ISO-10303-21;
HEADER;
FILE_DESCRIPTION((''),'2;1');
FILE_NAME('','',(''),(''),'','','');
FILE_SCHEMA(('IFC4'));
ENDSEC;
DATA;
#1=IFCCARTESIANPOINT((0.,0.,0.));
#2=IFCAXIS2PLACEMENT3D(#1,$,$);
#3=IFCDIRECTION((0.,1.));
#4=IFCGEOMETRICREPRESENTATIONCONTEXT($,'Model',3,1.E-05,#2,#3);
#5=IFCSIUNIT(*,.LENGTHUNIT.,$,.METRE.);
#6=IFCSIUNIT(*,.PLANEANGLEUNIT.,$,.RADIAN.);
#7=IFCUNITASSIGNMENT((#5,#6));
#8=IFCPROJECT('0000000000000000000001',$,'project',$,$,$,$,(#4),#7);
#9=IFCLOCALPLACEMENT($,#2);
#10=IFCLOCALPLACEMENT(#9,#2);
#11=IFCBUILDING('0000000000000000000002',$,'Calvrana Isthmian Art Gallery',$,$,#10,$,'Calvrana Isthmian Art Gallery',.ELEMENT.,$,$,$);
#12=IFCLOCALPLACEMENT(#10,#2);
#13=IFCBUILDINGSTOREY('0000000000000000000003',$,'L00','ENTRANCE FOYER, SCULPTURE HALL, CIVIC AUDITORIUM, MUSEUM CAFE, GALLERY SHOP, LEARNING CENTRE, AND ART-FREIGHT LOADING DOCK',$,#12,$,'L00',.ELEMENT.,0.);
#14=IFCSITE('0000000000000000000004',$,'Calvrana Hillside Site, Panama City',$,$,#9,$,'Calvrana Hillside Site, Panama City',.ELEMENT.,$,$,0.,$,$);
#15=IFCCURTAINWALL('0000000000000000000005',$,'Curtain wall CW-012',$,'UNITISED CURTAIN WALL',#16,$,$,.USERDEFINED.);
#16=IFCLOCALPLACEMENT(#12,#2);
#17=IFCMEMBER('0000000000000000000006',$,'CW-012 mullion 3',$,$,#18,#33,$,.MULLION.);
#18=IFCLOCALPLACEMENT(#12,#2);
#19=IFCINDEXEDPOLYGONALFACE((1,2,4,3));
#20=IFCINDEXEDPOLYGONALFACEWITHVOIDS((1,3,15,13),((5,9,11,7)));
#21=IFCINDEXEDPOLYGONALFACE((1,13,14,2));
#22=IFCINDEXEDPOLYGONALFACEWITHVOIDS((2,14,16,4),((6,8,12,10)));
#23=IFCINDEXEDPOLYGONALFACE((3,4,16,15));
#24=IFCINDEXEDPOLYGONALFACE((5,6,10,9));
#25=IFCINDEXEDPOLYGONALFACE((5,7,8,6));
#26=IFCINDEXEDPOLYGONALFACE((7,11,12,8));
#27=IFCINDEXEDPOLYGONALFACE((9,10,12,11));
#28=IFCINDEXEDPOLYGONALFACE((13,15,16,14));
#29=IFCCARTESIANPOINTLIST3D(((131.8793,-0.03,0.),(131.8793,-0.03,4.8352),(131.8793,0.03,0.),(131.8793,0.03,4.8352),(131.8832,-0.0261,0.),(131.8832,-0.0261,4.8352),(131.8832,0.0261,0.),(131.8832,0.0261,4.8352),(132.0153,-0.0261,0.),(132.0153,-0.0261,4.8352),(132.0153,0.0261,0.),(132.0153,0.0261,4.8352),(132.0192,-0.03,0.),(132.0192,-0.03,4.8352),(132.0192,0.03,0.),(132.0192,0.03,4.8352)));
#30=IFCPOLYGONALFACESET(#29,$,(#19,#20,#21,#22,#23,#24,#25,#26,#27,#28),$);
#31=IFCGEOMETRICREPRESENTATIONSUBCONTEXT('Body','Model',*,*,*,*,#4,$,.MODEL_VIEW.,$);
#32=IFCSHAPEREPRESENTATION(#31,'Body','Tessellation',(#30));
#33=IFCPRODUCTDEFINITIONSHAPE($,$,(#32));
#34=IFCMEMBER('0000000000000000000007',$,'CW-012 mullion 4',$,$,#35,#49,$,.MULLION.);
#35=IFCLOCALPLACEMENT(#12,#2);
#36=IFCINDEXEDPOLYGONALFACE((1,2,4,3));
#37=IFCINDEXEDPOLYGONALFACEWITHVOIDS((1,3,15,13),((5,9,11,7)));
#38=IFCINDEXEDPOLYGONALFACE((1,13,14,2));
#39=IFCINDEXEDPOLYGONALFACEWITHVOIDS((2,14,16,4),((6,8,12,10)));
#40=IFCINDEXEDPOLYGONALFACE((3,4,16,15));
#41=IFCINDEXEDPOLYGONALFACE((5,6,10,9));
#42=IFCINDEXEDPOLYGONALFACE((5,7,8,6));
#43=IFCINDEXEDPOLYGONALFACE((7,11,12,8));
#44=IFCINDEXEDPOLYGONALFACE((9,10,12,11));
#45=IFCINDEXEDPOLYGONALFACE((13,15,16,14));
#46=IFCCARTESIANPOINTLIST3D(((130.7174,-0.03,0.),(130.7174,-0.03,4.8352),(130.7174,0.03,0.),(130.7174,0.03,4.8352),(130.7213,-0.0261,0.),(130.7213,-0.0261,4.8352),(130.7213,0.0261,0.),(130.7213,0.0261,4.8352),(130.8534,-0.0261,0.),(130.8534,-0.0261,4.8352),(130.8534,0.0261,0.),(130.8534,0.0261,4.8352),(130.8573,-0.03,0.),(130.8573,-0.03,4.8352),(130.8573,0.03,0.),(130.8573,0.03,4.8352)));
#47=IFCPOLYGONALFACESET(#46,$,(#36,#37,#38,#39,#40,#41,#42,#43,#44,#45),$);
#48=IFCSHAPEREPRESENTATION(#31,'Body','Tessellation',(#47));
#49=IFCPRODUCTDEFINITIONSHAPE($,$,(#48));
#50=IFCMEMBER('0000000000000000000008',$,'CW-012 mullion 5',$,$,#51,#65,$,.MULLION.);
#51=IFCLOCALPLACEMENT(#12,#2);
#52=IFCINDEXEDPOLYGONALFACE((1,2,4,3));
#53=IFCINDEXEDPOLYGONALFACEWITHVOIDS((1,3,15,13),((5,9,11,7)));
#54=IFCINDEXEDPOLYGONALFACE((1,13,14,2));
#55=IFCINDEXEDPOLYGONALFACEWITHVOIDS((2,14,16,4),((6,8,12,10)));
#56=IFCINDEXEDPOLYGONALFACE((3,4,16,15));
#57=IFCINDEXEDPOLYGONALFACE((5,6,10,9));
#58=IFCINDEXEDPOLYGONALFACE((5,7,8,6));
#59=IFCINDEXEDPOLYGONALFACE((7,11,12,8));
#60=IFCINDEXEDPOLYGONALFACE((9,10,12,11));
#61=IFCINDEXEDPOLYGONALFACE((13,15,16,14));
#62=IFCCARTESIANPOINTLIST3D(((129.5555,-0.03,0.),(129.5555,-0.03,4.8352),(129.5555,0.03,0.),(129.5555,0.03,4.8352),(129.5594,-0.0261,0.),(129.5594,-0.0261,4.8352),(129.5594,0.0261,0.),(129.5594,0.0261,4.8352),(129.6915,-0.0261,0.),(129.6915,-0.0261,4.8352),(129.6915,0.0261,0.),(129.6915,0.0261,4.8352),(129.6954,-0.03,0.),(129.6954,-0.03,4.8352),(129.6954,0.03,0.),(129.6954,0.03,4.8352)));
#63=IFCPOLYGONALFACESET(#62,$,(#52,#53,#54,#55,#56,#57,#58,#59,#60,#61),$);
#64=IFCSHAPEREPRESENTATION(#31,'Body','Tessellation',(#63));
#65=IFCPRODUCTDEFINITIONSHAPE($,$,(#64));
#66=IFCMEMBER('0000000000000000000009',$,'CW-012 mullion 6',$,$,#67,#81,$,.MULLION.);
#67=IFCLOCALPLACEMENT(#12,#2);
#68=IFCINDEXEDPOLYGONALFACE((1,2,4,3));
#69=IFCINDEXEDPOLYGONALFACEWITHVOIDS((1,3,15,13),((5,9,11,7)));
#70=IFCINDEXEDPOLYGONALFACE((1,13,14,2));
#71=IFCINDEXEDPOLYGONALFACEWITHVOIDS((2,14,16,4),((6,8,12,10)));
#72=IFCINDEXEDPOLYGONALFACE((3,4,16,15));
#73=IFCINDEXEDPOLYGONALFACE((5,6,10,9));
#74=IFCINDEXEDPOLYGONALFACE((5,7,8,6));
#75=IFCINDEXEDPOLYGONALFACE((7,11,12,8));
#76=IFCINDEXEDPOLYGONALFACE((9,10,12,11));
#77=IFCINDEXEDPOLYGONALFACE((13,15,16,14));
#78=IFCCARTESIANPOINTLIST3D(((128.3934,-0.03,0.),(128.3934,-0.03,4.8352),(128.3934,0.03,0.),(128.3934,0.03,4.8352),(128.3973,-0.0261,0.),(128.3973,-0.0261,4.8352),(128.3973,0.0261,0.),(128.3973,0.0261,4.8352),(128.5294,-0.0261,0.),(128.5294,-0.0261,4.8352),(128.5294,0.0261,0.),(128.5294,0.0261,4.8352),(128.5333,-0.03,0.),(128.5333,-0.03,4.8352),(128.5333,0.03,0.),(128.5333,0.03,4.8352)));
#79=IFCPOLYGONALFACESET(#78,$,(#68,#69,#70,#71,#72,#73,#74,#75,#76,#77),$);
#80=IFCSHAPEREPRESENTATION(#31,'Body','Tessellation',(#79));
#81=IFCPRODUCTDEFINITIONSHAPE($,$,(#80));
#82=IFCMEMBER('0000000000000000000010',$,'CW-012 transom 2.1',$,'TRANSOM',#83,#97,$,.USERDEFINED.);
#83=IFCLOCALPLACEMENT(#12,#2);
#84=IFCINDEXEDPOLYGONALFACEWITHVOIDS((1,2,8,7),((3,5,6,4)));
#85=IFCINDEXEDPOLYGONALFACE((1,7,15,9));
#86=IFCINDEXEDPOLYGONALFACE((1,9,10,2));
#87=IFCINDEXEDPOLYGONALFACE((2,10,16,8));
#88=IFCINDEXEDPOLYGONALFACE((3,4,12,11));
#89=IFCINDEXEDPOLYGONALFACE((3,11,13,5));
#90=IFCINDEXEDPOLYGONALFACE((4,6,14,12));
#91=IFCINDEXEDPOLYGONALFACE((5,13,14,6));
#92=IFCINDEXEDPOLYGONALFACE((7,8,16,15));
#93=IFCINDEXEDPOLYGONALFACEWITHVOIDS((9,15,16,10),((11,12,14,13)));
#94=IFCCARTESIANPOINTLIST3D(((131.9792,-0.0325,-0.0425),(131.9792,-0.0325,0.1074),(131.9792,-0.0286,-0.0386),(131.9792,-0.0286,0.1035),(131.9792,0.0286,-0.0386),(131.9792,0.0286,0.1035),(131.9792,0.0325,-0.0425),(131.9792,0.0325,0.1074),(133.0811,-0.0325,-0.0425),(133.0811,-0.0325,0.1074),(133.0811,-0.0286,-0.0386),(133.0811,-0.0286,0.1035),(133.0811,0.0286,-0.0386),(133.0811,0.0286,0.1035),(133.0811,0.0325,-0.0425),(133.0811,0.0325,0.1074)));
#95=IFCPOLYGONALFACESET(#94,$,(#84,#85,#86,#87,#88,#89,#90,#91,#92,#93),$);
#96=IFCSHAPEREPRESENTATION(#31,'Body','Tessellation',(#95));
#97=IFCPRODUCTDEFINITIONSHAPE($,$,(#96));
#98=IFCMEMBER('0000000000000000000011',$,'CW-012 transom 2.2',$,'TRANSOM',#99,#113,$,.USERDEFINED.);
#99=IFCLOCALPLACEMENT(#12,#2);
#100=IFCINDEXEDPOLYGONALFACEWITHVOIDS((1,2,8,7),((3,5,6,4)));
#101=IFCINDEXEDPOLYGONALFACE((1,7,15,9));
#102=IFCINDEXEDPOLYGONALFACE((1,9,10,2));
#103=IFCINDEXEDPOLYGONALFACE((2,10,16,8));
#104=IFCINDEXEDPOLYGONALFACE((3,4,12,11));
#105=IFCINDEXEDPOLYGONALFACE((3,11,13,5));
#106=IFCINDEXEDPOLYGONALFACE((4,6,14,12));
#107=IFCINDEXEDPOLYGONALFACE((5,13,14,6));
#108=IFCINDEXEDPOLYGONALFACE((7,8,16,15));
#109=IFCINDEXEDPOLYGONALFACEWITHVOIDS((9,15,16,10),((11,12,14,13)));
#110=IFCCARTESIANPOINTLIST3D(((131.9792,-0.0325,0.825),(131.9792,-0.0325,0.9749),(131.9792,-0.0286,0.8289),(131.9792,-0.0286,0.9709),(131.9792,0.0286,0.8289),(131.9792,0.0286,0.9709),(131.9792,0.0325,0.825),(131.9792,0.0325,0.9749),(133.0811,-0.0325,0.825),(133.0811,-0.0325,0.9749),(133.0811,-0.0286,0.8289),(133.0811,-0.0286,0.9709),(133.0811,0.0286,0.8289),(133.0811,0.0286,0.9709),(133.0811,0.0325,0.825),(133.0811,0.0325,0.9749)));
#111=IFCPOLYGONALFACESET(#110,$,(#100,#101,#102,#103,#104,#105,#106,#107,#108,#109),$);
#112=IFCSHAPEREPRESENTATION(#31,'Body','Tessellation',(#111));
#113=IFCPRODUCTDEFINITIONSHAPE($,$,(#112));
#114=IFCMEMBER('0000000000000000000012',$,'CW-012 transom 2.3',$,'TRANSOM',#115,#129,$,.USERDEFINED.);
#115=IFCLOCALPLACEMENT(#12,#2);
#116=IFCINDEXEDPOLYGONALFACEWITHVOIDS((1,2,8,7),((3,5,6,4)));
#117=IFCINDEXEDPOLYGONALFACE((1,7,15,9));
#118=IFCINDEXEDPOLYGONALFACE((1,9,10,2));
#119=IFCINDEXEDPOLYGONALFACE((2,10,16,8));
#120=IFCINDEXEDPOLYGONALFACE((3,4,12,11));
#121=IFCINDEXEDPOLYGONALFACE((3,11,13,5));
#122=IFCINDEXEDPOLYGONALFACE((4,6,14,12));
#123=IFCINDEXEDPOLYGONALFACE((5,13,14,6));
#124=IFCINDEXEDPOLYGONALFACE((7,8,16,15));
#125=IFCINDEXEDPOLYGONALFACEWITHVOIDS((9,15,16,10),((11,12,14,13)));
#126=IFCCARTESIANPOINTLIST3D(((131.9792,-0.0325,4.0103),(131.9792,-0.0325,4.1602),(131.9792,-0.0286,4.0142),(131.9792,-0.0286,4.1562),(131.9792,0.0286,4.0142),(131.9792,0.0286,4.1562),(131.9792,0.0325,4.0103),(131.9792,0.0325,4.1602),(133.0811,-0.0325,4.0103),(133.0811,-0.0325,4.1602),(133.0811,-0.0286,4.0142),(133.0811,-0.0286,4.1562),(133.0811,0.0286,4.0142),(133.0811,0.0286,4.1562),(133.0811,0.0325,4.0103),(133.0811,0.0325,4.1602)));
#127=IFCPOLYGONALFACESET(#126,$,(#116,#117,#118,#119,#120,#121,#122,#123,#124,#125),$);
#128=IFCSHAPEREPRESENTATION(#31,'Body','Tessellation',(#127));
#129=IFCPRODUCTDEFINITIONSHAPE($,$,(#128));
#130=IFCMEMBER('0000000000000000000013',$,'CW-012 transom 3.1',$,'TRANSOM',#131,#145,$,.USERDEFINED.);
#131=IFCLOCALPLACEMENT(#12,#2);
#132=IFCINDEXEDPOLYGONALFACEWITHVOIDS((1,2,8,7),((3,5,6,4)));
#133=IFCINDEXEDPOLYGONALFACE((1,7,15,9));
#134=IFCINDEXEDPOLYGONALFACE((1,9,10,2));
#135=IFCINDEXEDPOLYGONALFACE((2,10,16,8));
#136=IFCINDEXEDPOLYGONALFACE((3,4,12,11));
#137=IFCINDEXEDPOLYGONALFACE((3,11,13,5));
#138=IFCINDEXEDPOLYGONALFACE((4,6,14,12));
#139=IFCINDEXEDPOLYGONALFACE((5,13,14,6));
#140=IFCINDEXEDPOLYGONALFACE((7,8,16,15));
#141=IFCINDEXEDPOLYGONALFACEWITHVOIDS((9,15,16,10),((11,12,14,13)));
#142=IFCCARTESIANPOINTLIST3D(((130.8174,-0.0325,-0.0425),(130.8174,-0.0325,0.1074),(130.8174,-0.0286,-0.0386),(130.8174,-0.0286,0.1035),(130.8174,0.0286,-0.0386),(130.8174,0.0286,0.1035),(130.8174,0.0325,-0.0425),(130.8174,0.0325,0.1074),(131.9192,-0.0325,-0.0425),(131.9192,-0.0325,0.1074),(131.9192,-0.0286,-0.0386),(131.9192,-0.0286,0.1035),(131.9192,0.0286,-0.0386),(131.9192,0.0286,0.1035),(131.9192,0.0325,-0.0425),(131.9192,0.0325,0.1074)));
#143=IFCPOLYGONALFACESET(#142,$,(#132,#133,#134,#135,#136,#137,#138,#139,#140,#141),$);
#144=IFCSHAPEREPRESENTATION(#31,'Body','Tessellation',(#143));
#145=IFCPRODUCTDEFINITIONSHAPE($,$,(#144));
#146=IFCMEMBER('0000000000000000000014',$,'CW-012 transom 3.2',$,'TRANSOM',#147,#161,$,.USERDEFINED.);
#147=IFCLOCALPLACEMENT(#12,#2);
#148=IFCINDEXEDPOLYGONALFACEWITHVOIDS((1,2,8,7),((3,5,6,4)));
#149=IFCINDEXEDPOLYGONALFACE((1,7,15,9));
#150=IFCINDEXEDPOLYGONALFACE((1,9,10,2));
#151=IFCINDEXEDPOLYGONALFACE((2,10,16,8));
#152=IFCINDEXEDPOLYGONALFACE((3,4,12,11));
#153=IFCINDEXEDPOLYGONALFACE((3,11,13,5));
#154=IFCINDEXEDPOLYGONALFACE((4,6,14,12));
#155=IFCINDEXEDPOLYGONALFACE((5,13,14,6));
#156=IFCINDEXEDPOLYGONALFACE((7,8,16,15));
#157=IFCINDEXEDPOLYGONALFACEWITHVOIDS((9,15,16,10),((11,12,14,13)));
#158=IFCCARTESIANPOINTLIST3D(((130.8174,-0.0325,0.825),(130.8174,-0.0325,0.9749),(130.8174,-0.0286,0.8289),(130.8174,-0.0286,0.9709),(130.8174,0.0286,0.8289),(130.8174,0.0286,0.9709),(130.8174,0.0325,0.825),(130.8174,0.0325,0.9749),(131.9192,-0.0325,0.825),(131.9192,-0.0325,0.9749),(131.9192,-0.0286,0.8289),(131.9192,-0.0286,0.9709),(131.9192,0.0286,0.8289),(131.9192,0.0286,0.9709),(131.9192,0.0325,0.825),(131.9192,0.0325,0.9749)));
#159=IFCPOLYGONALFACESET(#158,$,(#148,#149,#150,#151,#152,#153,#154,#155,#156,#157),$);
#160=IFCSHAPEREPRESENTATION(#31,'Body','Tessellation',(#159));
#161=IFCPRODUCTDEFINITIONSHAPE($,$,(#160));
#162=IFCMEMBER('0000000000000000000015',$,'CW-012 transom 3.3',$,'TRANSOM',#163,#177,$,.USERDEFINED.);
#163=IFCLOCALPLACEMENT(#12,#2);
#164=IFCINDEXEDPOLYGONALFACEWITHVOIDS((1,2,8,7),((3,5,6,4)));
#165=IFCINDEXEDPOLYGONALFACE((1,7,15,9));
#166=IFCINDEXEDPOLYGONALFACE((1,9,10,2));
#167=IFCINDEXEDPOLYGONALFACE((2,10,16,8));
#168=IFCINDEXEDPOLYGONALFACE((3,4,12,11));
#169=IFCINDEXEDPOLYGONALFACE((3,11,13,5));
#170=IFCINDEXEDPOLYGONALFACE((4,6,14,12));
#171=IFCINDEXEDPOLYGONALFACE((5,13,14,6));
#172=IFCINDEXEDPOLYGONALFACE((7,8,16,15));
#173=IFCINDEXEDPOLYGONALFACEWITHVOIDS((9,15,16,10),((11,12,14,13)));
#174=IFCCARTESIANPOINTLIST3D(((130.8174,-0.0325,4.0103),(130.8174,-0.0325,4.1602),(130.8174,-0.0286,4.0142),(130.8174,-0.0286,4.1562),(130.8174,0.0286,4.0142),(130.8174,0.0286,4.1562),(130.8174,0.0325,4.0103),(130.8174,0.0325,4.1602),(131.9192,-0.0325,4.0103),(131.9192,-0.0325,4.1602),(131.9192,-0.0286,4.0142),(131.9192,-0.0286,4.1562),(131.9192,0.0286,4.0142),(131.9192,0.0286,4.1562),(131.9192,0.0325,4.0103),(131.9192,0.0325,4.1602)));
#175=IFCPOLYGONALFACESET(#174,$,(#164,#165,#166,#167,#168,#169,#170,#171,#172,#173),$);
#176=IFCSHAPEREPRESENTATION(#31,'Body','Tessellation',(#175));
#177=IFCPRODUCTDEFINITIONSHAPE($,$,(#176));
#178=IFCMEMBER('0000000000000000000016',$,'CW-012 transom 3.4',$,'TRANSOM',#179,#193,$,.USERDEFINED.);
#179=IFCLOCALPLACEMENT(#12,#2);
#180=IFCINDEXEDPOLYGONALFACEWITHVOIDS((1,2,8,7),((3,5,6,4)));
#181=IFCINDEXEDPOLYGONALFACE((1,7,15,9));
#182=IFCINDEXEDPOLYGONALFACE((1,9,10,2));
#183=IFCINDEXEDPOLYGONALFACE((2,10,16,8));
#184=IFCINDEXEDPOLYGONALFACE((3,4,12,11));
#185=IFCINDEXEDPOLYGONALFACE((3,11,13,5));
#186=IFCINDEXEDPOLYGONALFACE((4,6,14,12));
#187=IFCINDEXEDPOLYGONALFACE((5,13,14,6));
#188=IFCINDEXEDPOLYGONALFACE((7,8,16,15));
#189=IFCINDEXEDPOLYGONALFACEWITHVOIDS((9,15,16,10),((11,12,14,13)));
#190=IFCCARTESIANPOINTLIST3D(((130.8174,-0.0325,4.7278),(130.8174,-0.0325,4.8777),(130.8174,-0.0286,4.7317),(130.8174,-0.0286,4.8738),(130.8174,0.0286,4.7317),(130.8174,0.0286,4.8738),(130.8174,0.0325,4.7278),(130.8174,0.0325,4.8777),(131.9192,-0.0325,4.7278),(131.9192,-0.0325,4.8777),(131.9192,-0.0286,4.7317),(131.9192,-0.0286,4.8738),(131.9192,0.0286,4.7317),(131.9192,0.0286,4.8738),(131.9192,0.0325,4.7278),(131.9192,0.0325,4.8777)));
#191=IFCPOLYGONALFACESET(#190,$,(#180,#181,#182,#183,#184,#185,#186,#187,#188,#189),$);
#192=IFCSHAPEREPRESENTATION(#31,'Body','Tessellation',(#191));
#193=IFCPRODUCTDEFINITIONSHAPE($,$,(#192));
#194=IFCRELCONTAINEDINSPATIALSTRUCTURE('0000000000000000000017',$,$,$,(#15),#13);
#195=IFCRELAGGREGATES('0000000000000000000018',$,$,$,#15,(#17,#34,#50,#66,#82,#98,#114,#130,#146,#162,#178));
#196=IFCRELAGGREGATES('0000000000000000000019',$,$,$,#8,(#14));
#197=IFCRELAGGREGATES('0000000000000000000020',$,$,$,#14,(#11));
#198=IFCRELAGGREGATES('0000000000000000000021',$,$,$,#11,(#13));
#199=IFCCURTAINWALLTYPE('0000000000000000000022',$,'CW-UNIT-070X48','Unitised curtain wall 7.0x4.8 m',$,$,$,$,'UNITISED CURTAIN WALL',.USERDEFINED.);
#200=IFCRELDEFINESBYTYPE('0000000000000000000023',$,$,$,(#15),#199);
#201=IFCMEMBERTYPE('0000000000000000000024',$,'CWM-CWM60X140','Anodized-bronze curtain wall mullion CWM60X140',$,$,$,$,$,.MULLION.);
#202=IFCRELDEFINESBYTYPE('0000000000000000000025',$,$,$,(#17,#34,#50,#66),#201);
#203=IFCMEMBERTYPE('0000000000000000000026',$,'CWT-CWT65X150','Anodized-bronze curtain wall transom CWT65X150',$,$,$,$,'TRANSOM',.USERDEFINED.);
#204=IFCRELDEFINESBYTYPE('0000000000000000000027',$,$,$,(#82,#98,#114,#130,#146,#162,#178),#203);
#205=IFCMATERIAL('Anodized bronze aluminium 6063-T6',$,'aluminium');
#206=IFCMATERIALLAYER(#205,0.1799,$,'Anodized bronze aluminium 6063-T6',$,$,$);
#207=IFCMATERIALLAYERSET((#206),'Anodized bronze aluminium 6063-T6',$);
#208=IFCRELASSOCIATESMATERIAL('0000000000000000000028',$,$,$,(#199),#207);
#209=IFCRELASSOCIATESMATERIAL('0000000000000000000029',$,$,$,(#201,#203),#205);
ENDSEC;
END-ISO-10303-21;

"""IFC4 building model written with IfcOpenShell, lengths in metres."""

from ifc_helpers import new_model, si_unit, direction, frame, origin, origin_2d, place, context, subcontext, project, spatial, hollow_rectangle, extrude, material, layer, layer_set, material_profile, profile_set, type_object, element, aggregate, save


model = new_model("IFC4")

# Units and contexts
model_context = context("Model", 3, precision=1e-05, world=origin(), true_north=direction((0.0, 1.0)))
body_context = subcontext(model_context, "Body", "Model", "MODEL_VIEW")
ifc_project = project(units=[si_unit("LENGTHUNIT", "METRE"), si_unit("PLANEANGLEUNIT", "RADIAN")], contexts=[model_context])

# Site, building, storey
site_placement = place(None, origin())
site = spatial("IfcSite", under=ifc_project, at=site_placement, Name="Calvrana Hillside Site, Panama City", LongName="Calvrana Hillside Site, Panama City", CompositionType="ELEMENT", RefElevation=0.0)
building_placement = place(site_placement, origin())
building = spatial("IfcBuilding", under=site, at=building_placement, Name="Calvrana Isthmian Art Gallery", LongName="Calvrana Isthmian Art Gallery", CompositionType="ELEMENT")
storey_placement = place(building_placement, origin())
storey = spatial("IfcBuildingStorey", under=building, at=storey_placement, Name="L00", Description="ENTRANCE FOYER, SCULPTURE HALL, CIVIC AUDITORIUM, MUSEUM CAFE, GALLERY SHOP, LEARNING CENTRE, AND ART-FREIGHT LOADING DOCK", LongName="L00", CompositionType="ELEMENT", Elevation=0.0)

# Curtain wall, members
ifc_material_1 = material(Name="Anodized bronze aluminium 6063-T6", Category="aluminium")
ifc_layer_1 = layer(ifc_material_1, 0.1799, Name="Anodized bronze aluminium 6063-T6")
ifc_layer_set_1 = layer_set([ifc_layer_1], Name="Anodized bronze aluminium 6063-T6")
curtain_wall_type = type_object("IfcCurtainWallType", Name="CW-UNIT-070X48", Description="Unitised curtain wall 7.0x4.8 m", ElementType="UNITISED CURTAIN WALL", PredefinedType="USERDEFINED", material=ifc_layer_set_1)
curtain_wall_placement = place(storey_placement, origin())
curtain_wall = element("IfcCurtainWall", 1, at=curtain_wall_placement, inside=storey, type_object=curtain_wall_type, Name="Curtain wall CW-012", ObjectType="UNITISED CURTAIN WALL", PredefinedType="USERDEFINED")
ifc_material_profile_1 = material_profile(ifc_material_1, hollow_rectangle(XDim=0.0601, YDim=0.1399, WallThickness=0.0039, at=origin_2d()), Name="CWM60X140")
ifc_profile_set_1 = profile_set([ifc_material_profile_1], Name="Anodized bronze aluminium 6063-T6")
member_type_1 = type_object("IfcMemberType", Name="CWM-CWM60X140", Description="Anodized-bronze curtain wall mullion CWM60X140", PredefinedType="MULLION", material=ifc_profile_set_1)
member_1_placement = place(storey_placement, frame((131.9492, 0.0, 0.0), z_axis=(0.0, 0.0, 1.0), x_axis=(0.0, -1.0, 0.0)))
member_1 = element("IfcMember", 2, at=member_1_placement, type_object=member_type_1, Name="CW-012 mullion 3", PredefinedType="MULLION", context=body_context, shape_type="SweptSolid", body=[
    extrude(hollow_rectangle(XDim=0.0601, YDim=0.1399, WallThickness=0.0039, at=origin_2d()), origin(), (0.0, 0.0, 1.0), 4.8352),
])
member_2_placement = place(storey_placement, frame((130.7874, 0.0, 0.0), z_axis=(0.0, 0.0, 1.0), x_axis=(0.0, -1.0, 0.0)))
member_2 = element("IfcMember", 3, at=member_2_placement, type_object=member_type_1, Name="CW-012 mullion 4", PredefinedType="MULLION", context=body_context, shape_type="SweptSolid", body=[
    extrude(hollow_rectangle(XDim=0.0601, YDim=0.1399, WallThickness=0.0039, at=origin_2d()), origin(), (0.0, 0.0, 1.0), 4.8352),
])
member_3_placement = place(storey_placement, frame((129.6255, 0.0, 0.0), z_axis=(0.0, 0.0, 1.0), x_axis=(0.0, -1.0, 0.0)))
member_3 = element("IfcMember", 4, at=member_3_placement, type_object=member_type_1, Name="CW-012 mullion 5", PredefinedType="MULLION", context=body_context, shape_type="SweptSolid", body=[
    extrude(hollow_rectangle(XDim=0.0601, YDim=0.1399, WallThickness=0.0039, at=origin_2d()), origin(), (0.0, 0.0, 1.0), 4.8352),
])
member_4_placement = place(storey_placement, frame((128.4634, 0.0, 0.0), z_axis=(0.0, 0.0, 1.0), x_axis=(0.0, -1.0, 0.0)))
member_4 = element("IfcMember", 5, at=member_4_placement, type_object=member_type_1, Name="CW-012 mullion 6", PredefinedType="MULLION", context=body_context, shape_type="SweptSolid", body=[
    extrude(hollow_rectangle(XDim=0.0601, YDim=0.1399, WallThickness=0.0039, at=origin_2d()), origin(), (0.0, 0.0, 1.0), 4.8352),
])
ifc_material_profile_2 = material_profile(ifc_material_1, hollow_rectangle(XDim=0.0649, YDim=0.1499, WallThickness=0.0039, at=origin_2d()), Name="CWT65X150")
ifc_profile_set_2 = profile_set([ifc_material_profile_2], Name="Anodized bronze aluminium 6063-T6")
member_type_2 = type_object("IfcMemberType", Name="CWT-CWT65X150", Description="Anodized-bronze curtain wall transom CWT65X150", ElementType="TRANSOM", PredefinedType="USERDEFINED", material=ifc_profile_set_2)
member_5_placement = place(storey_placement, frame((133.0811, 0.0, 0.0325), z_axis=(-1.0, 0.0, 0.0), x_axis=(0.0, -1.0, 0.0)))
member_5 = element("IfcMember", 6, at=member_5_placement, type_object=member_type_2, Name="CW-012 transom 2.1", ObjectType="TRANSOM", PredefinedType="USERDEFINED", context=body_context, shape_type="SweptSolid", body=[
    extrude(hollow_rectangle(XDim=0.0649, YDim=0.1499, WallThickness=0.0039, at=origin_2d()), origin(), (0.0, 0.0, 1.0), 1.1018),
])
member_6_placement = place(storey_placement, frame((133.0811, 0.0, 0.8999), z_axis=(-1.0, 0.0, 0.0), x_axis=(0.0, -1.0, 0.0)))
member_6 = element("IfcMember", 7, at=member_6_placement, type_object=member_type_2, Name="CW-012 transom 2.2", ObjectType="TRANSOM", PredefinedType="USERDEFINED", context=body_context, shape_type="SweptSolid", body=[
    extrude(hollow_rectangle(XDim=0.0649, YDim=0.1499, WallThickness=0.0039, at=origin_2d()), origin(), (0.0, 0.0, 1.0), 1.1018),
])
member_7_placement = place(storey_placement, frame((133.0811, 0.0, 4.0852), z_axis=(-1.0, 0.0, 0.0), x_axis=(0.0, -1.0, 0.0)))
member_7 = element("IfcMember", 8, at=member_7_placement, type_object=member_type_2, Name="CW-012 transom 2.3", ObjectType="TRANSOM", PredefinedType="USERDEFINED", context=body_context, shape_type="SweptSolid", body=[
    extrude(hollow_rectangle(XDim=0.0649, YDim=0.1499, WallThickness=0.0039, at=origin_2d()), origin(), (0.0, 0.0, 1.0), 1.1018),
])
member_8_placement = place(storey_placement, frame((131.9192, 0.0, 0.0325), z_axis=(-1.0, 0.0, 0.0), x_axis=(0.0, -1.0, 0.0)))
member_8 = element("IfcMember", 9, at=member_8_placement, type_object=member_type_2, Name="CW-012 transom 3.1", ObjectType="TRANSOM", PredefinedType="USERDEFINED", context=body_context, shape_type="SweptSolid", body=[
    extrude(hollow_rectangle(XDim=0.0649, YDim=0.1499, WallThickness=0.0039, at=origin_2d()), origin(), (0.0, 0.0, 1.0), 1.1018),
])
member_9_placement = place(storey_placement, frame((131.9192, 0.0, 0.8999), z_axis=(-1.0, 0.0, 0.0), x_axis=(0.0, -1.0, 0.0)))
member_9 = element("IfcMember", 10, at=member_9_placement, type_object=member_type_2, Name="CW-012 transom 3.2", ObjectType="TRANSOM", PredefinedType="USERDEFINED", context=body_context, shape_type="SweptSolid", body=[
    extrude(hollow_rectangle(XDim=0.0649, YDim=0.1499, WallThickness=0.0039, at=origin_2d()), origin(), (0.0, 0.0, 1.0), 1.1018),
])
member_10_placement = place(storey_placement, frame((131.9192, 0.0, 4.0852), z_axis=(-1.0, 0.0, 0.0), x_axis=(0.0, -1.0, 0.0)))
member_10 = element("IfcMember", 11, at=member_10_placement, type_object=member_type_2, Name="CW-012 transom 3.3", ObjectType="TRANSOM", PredefinedType="USERDEFINED", context=body_context, shape_type="SweptSolid", body=[
    extrude(hollow_rectangle(XDim=0.0649, YDim=0.1499, WallThickness=0.0039, at=origin_2d()), origin(), (0.0, 0.0, 1.0), 1.1018),
])
member_11_placement = place(storey_placement, frame((131.9192, 0.0, 4.8027), z_axis=(-1.0, 0.0, 0.0), x_axis=(0.0, -1.0, 0.0)))
member_11 = element("IfcMember", 12, at=member_11_placement, type_object=member_type_2, Name="CW-012 transom 3.4", ObjectType="TRANSOM", PredefinedType="USERDEFINED", context=body_context, shape_type="SweptSolid", body=[
    extrude(hollow_rectangle(XDim=0.0649, YDim=0.1499, WallThickness=0.0039, at=origin_2d()), origin(), (0.0, 0.0, 1.0), 1.1018),
])
aggregate(curtain_wall, [member_1, member_2, member_3, member_4, member_5, member_6, member_7, member_8, member_9, member_10, member_11])

save(model, "model.ifc")
